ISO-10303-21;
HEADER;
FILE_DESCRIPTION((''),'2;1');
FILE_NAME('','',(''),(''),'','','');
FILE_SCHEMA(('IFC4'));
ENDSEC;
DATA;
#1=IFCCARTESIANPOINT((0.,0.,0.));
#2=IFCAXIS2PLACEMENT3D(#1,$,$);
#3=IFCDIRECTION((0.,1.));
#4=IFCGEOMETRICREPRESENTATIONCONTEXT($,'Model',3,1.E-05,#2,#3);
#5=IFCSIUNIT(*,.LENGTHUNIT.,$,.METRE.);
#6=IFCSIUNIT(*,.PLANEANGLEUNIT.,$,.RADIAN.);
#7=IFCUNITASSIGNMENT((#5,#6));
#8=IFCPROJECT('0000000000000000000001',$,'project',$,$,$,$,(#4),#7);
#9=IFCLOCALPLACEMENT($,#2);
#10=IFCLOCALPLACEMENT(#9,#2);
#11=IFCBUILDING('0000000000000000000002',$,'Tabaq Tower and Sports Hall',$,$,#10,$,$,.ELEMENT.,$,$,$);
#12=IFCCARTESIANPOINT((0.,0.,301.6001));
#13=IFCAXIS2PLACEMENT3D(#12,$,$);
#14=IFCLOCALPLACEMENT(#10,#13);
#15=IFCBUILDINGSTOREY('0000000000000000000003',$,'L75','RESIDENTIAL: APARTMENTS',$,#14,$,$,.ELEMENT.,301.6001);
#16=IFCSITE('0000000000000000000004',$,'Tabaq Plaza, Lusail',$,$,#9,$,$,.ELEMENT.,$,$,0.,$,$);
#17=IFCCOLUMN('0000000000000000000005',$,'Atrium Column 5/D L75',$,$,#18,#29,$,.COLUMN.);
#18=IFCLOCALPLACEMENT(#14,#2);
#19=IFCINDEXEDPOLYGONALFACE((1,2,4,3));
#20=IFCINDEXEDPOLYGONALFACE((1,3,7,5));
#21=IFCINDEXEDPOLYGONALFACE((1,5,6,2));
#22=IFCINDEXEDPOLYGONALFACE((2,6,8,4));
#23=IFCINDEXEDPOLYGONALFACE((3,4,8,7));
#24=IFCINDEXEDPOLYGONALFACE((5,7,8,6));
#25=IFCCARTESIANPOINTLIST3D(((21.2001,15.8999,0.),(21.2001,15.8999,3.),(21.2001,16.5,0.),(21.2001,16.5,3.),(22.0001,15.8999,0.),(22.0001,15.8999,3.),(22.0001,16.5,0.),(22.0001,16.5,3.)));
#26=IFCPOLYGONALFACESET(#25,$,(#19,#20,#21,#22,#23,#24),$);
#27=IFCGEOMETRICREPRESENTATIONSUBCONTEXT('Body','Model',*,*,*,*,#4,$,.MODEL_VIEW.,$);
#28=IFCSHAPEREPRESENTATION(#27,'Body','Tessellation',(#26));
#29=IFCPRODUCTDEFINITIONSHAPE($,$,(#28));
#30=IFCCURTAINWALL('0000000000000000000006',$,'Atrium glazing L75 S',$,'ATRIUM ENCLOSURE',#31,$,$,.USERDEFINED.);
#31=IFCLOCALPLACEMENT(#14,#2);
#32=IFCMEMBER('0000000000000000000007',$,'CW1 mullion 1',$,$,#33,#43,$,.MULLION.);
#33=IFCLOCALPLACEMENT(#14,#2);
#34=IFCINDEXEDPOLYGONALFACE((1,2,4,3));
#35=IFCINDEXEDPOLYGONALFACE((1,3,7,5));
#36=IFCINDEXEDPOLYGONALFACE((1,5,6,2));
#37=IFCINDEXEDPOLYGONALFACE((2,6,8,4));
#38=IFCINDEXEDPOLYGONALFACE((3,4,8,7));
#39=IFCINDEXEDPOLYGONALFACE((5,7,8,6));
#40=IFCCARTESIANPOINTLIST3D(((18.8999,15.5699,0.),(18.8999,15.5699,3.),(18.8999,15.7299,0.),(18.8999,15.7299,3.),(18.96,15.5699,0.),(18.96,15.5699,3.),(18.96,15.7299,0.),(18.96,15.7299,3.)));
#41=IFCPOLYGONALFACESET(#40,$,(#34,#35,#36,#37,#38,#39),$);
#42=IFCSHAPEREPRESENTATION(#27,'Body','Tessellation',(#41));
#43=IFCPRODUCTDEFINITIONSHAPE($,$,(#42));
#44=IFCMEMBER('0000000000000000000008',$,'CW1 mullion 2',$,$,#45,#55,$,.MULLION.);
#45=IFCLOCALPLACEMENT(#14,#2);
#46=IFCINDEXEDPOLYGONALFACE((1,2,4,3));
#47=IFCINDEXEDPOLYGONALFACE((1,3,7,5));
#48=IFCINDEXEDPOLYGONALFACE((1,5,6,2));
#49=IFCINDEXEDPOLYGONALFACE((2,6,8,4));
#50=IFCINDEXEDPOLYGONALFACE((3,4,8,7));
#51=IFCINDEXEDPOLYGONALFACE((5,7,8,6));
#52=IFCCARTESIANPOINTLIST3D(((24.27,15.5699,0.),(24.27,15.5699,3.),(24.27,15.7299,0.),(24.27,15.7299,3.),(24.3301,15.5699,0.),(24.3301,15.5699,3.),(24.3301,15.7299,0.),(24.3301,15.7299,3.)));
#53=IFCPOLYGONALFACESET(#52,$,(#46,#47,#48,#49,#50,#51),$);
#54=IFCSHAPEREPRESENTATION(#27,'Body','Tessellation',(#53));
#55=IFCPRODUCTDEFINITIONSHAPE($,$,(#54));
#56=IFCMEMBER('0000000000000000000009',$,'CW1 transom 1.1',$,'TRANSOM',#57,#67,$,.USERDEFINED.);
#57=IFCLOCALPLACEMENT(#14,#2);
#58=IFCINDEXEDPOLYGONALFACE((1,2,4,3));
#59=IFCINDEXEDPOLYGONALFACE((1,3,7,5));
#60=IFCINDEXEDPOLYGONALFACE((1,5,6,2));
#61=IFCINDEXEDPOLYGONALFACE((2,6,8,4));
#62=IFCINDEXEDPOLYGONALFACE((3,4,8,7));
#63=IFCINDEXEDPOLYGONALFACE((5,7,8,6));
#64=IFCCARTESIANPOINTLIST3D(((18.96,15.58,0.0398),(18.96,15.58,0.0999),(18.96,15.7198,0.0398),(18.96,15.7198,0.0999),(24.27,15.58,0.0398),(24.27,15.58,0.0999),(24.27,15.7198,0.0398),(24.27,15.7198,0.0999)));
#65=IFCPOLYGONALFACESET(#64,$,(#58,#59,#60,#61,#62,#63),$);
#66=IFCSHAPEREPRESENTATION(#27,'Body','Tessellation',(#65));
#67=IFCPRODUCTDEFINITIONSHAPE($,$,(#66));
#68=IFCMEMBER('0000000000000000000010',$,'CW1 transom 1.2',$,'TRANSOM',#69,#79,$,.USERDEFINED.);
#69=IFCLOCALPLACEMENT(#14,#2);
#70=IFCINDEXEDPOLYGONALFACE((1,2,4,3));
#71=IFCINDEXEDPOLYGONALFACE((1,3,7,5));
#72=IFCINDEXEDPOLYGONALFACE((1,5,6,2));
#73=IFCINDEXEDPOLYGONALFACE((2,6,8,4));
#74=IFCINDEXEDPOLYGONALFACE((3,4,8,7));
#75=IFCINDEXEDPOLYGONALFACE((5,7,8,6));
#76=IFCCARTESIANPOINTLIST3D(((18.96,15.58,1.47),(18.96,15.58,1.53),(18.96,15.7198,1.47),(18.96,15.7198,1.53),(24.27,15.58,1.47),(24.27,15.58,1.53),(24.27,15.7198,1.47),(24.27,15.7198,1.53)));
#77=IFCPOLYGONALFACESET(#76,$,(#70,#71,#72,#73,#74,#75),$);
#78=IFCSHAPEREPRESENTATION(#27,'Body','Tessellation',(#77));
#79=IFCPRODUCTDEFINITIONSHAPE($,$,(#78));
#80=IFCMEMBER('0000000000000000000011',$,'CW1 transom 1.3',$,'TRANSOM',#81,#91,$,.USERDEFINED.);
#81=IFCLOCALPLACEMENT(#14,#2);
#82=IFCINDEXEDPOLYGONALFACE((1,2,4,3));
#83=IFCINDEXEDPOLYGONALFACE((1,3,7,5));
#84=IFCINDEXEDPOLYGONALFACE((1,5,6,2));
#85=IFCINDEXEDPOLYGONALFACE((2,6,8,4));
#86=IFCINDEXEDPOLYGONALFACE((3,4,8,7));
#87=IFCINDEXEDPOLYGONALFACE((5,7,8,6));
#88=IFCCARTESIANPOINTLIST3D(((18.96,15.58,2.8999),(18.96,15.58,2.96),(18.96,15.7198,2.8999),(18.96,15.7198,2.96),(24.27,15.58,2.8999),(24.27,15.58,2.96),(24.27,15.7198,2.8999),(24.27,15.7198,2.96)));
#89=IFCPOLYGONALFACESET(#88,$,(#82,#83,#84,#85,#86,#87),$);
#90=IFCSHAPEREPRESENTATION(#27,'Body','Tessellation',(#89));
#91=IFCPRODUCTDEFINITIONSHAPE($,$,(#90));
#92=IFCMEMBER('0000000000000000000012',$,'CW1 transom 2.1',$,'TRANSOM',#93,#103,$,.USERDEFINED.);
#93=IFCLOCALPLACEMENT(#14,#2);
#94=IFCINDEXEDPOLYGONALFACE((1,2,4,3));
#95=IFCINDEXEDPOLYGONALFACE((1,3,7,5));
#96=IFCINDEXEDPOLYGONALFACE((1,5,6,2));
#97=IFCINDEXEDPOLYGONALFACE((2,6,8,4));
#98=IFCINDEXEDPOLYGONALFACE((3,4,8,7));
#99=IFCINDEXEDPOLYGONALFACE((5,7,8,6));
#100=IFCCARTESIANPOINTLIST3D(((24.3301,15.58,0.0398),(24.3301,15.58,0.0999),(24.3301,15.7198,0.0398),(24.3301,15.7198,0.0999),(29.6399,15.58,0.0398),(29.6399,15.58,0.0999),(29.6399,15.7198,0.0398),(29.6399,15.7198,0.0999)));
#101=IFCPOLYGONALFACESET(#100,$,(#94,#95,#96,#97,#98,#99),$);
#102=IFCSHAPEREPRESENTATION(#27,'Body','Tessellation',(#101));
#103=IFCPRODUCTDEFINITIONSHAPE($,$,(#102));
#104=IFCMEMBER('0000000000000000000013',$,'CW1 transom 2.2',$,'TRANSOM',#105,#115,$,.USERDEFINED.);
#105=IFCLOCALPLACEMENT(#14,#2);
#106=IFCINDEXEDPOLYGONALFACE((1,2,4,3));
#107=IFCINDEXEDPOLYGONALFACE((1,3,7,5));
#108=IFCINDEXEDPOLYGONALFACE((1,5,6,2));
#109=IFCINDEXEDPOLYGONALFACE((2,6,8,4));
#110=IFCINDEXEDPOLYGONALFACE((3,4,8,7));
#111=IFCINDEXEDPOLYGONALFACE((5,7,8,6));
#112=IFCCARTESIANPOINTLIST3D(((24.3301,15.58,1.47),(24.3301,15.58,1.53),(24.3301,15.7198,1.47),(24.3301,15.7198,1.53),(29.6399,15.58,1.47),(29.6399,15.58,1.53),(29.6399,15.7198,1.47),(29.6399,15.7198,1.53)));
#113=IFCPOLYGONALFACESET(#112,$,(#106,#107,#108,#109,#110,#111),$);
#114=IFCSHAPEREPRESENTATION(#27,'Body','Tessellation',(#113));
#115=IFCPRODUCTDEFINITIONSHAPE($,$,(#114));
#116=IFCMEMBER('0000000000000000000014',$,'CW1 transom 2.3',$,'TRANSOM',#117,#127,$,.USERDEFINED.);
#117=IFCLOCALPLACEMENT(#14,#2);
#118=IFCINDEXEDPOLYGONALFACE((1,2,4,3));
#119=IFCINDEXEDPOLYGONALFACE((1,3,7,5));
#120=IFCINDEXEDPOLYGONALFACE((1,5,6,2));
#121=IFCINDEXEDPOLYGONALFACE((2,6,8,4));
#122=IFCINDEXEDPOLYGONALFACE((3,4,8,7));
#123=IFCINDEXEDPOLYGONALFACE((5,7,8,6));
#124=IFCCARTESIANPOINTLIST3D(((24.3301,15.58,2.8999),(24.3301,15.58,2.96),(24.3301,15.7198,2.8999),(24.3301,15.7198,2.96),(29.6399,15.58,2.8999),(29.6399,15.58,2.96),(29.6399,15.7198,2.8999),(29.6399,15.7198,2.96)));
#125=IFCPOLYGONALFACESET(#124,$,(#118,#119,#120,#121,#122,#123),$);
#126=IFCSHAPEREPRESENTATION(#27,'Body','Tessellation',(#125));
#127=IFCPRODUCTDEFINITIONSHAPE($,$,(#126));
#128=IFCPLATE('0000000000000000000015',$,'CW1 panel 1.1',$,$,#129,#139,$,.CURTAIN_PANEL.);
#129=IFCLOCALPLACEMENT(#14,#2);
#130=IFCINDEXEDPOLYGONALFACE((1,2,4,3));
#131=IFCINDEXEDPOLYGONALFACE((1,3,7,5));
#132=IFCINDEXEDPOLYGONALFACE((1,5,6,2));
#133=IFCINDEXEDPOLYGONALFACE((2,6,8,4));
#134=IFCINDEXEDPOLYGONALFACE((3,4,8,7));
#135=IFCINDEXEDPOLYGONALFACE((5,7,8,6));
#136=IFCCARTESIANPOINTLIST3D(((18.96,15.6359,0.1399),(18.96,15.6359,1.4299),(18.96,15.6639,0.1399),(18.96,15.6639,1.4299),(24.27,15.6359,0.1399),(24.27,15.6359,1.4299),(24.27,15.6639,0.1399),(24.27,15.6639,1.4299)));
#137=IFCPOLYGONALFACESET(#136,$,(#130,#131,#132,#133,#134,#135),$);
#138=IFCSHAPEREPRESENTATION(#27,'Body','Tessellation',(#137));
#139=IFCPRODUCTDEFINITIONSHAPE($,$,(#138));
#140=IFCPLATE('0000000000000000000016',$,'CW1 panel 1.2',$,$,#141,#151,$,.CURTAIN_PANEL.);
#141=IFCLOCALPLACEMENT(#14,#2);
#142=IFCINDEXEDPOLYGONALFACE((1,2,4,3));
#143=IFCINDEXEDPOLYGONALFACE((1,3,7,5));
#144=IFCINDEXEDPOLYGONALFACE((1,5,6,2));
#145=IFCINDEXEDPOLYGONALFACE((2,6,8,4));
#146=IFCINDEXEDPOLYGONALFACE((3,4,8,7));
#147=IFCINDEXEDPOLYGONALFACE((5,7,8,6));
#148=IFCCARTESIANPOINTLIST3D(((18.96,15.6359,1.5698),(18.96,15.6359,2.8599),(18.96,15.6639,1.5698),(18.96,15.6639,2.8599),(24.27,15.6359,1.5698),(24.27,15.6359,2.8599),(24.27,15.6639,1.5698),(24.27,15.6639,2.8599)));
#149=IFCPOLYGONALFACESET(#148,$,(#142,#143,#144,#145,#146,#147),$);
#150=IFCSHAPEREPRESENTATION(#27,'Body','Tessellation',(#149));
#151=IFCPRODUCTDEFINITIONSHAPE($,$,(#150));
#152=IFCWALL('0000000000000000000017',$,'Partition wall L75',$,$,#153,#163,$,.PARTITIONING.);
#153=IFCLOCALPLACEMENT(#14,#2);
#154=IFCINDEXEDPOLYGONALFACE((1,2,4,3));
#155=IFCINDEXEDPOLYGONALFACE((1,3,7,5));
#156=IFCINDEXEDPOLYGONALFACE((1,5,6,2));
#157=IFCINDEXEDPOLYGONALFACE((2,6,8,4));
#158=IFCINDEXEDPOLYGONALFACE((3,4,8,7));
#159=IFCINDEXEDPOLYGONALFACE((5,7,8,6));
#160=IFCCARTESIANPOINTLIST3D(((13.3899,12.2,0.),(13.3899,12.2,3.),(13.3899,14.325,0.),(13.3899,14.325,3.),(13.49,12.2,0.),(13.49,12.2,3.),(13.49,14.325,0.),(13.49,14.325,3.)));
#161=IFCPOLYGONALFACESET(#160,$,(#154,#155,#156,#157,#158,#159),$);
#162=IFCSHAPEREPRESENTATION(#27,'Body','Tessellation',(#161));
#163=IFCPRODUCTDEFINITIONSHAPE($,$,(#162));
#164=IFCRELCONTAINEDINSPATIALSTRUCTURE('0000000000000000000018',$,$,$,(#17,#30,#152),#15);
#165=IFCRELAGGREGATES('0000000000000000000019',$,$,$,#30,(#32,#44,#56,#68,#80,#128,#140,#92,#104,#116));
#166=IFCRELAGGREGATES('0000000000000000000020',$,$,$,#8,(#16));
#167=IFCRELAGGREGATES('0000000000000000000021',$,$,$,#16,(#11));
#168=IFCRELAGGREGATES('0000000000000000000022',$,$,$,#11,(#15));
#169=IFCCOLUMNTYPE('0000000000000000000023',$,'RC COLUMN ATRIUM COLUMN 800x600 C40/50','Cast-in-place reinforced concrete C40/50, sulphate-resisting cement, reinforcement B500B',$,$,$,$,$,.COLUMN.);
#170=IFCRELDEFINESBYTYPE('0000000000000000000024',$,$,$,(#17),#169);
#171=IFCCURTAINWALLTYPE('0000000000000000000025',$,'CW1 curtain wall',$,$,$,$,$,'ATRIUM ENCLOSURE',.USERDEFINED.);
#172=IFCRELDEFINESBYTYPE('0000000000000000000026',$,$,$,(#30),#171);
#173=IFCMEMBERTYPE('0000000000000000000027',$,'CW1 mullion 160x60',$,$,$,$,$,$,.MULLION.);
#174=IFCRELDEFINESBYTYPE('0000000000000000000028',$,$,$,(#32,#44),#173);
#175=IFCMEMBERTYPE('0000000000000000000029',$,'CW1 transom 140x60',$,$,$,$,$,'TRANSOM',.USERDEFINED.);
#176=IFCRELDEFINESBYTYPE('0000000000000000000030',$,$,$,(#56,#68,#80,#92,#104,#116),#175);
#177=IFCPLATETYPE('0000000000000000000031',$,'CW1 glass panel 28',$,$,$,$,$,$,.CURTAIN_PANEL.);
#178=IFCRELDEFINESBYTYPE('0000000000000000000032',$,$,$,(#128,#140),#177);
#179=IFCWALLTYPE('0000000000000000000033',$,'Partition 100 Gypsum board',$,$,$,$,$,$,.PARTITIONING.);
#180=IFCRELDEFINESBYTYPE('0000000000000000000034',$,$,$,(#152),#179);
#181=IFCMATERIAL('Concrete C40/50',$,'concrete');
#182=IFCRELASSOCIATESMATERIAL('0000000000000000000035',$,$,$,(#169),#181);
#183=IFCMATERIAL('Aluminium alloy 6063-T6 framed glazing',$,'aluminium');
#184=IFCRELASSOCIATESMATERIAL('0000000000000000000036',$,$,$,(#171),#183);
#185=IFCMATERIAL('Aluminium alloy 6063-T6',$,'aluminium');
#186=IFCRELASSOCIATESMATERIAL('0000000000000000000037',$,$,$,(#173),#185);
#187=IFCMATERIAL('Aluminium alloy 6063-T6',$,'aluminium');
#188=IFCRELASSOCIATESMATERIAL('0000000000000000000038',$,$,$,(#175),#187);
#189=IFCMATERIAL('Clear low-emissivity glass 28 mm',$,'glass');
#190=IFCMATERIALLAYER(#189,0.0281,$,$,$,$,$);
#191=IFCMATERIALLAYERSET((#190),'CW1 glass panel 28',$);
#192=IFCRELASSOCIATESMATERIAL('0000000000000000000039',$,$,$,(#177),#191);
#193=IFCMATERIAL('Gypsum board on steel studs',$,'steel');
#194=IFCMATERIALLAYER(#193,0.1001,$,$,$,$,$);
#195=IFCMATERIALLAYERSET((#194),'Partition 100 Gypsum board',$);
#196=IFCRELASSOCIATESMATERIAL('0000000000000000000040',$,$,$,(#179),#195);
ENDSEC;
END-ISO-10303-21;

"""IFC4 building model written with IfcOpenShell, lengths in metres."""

from ifc_helpers import new_model, si_unit, direction, frame, frame_2d, origin, origin_2d, place, context, subcontext, project, spatial, rectangle, extrude, material, layer, layer_set, material_profile, profile_set, type_object, element, aggregate, save


model = new_model("IFC4")

# Units and contexts
model_context = context("Model", 3, precision=1e-05, world=origin(), true_north=direction((0.0, 1.0)))
body_context = subcontext(model_context, "Body", "Model", "MODEL_VIEW")
ifc_project = project(units=[si_unit("LENGTHUNIT", "METRE"), si_unit("PLANEANGLEUNIT", "RADIAN")], contexts=[model_context])

# Site, building, storey
site_placement = place(None, origin())
site = spatial("IfcSite", under=ifc_project, at=site_placement, Name="Tabaq Plaza, Lusail", CompositionType="ELEMENT", RefElevation=0.0)
building_placement = place(site_placement, origin())
building = spatial("IfcBuilding", under=site, at=building_placement, Name="Tabaq Tower and Sports Hall", CompositionType="ELEMENT")
storey_placement = place(building_placement, frame((0.0, 0.0, 301.6001)))
storey = spatial("IfcBuildingStorey", under=building, at=storey_placement, Name="L75", Description="RESIDENTIAL: APARTMENTS", CompositionType="ELEMENT", Elevation=301.6001)

# Column
ifc_material_1 = material(Name="Concrete C40/50", Category="concrete")
ifc_material_profile_1 = material_profile(ifc_material_1, rectangle(XDim=0.8, YDim=0.6001, at=origin_2d()), Name="ATRIUM COLUMN 800x600")
ifc_profile_set_1 = profile_set([ifc_material_profile_1], Name="Concrete C40/50")
column_type = type_object("IfcColumnType", Name="RC COLUMN ATRIUM COLUMN 800x600 C40/50", Description="Cast-in-place reinforced concrete C40/50, sulphate-resisting cement, reinforcement B500B", PredefinedType="COLUMN", material=ifc_profile_set_1)
column_placement = place(storey_placement, frame((21.6001, 16.2, 0.0), z_axis=(0.0, 0.0, 1.0), x_axis=(1.0, 0.0, 0.0)))
element("IfcColumn", 1, at=column_placement, inside=storey, type_object=column_type, Name="Atrium Column 5/D L75", PredefinedType="COLUMN", context=body_context, shape_type="SweptSolid", body=[
    extrude(rectangle(XDim=0.8, YDim=0.6001, at=origin_2d()), origin(), (0.0, 0.0, 1.0), 3.0),
])

# Curtain wall, members, plates
ifc_material_2 = material(Name="Aluminium alloy 6063-T6 framed glazing", Category="aluminium")
curtain_wall_type = type_object("IfcCurtainWallType", Name="CW1 curtain wall", ElementType="ATRIUM ENCLOSURE", PredefinedType="USERDEFINED", material=ifc_material_2)
curtain_wall_placement = place(storey_placement, origin())
curtain_wall = element("IfcCurtainWall", 2, at=curtain_wall_placement, inside=storey, type_object=curtain_wall_type, Name="Atrium glazing L75 S", ObjectType="ATRIUM ENCLOSURE", PredefinedType="USERDEFINED")
ifc_material_3 = material(Name="Aluminium alloy 6063-T6", Category="aluminium")
ifc_material_profile_2 = material_profile(ifc_material_3, rectangle(XDim=0.1599, YDim=0.0601, at=origin_2d()), Name="MULLION 160x60")
ifc_profile_set_2 = profile_set([ifc_material_profile_2], Name="Aluminium alloy 6063-T6")
member_type_1 = type_object("IfcMemberType", Name="CW1 mullion 160x60", PredefinedType="MULLION", material=ifc_profile_set_2)
member_1_placement = place(storey_placement, frame((18.9299, 15.6499, 0.0), z_axis=(0.0, 0.0, 1.0), x_axis=(0.0, 1.0, 0.0)))
member_1 = element("IfcMember", 3, at=member_1_placement, type_object=member_type_1, Name="CW1 mullion 1", PredefinedType="MULLION", context=body_context, shape_type="SweptSolid", body=[
    extrude(rectangle(XDim=0.1599, YDim=0.0601, at=origin_2d()), origin(), (0.0, 0.0, 1.0), 3.0),
])
member_2_placement = place(storey_placement, frame((24.3, 15.6499, 0.0), z_axis=(0.0, 0.0, 1.0), x_axis=(0.0, 1.0, 0.0)))
member_2 = element("IfcMember", 4, at=member_2_placement, type_object=member_type_1, Name="CW1 mullion 2", PredefinedType="MULLION", context=body_context, shape_type="SweptSolid", body=[
    extrude(rectangle(XDim=0.1599, YDim=0.0601, at=origin_2d()), origin(), (0.0, 0.0, 1.0), 3.0),
])
ifc_material_4 = material(Name="Aluminium alloy 6063-T6", Category="aluminium")
ifc_material_profile_3 = material_profile(ifc_material_4, rectangle(XDim=0.1399, YDim=0.0601, at=origin_2d()), Name="TRANSOM 140x60")
ifc_profile_set_3 = profile_set([ifc_material_profile_3], Name="Aluminium alloy 6063-T6")
member_type_2 = type_object("IfcMemberType", Name="CW1 transom 140x60", ElementType="TRANSOM", PredefinedType="USERDEFINED", material=ifc_profile_set_3)
member_3_placement = place(storey_placement, frame((18.96, 15.6499, 0.0698), z_axis=(1.0, 0.0, 0.0), x_axis=(0.0, 1.0, 0.0)))
member_3 = element("IfcMember", 5, at=member_3_placement, type_object=member_type_2, Name="CW1 transom 1.1", ObjectType="TRANSOM", PredefinedType="USERDEFINED", context=body_context, shape_type="SweptSolid", body=[
    extrude(rectangle(XDim=0.1399, YDim=0.0601, at=origin_2d()), origin(), (0.0, 0.0, 1.0), 5.3101),
])
member_4_placement = place(storey_placement, frame((18.96, 15.6499, 1.5), z_axis=(1.0, 0.0, 0.0), x_axis=(0.0, 1.0, 0.0)))
member_4 = element("IfcMember", 6, at=member_4_placement, type_object=member_type_2, Name="CW1 transom 1.2", ObjectType="TRANSOM", PredefinedType="USERDEFINED", context=body_context, shape_type="SweptSolid", body=[
    extrude(rectangle(XDim=0.1399, YDim=0.0601, at=origin_2d()), origin(), (0.0, 0.0, 1.0), 5.3101),
])
member_5_placement = place(storey_placement, frame((18.96, 15.6499, 2.9299), z_axis=(1.0, 0.0, 0.0), x_axis=(0.0, 1.0, 0.0)))
member_5 = element("IfcMember", 7, at=member_5_placement, type_object=member_type_2, Name="CW1 transom 1.3", ObjectType="TRANSOM", PredefinedType="USERDEFINED", context=body_context, shape_type="SweptSolid", body=[
    extrude(rectangle(XDim=0.1399, YDim=0.0601, at=origin_2d()), origin(), (0.0, 0.0, 1.0), 5.3101),
])
member_6_placement = place(storey_placement, frame((24.3301, 15.6499, 0.0698), z_axis=(1.0, 0.0, 0.0), x_axis=(0.0, 1.0, 0.0)))
member_6 = element("IfcMember", 8, at=member_6_placement, type_object=member_type_2, Name="CW1 transom 2.1", ObjectType="TRANSOM", PredefinedType="USERDEFINED", context=body_context, shape_type="SweptSolid", body=[
    extrude(rectangle(XDim=0.1399, YDim=0.0601, at=origin_2d()), origin(), (0.0, 0.0, 1.0), 5.3098),
])
member_7_placement = place(storey_placement, frame((24.3301, 15.6499, 1.5), z_axis=(1.0, 0.0, 0.0), x_axis=(0.0, 1.0, 0.0)))
member_7 = element("IfcMember", 9, at=member_7_placement, type_object=member_type_2, Name="CW1 transom 2.2", ObjectType="TRANSOM", PredefinedType="USERDEFINED", context=body_context, shape_type="SweptSolid", body=[
    extrude(rectangle(XDim=0.1399, YDim=0.0601, at=origin_2d()), origin(), (0.0, 0.0, 1.0), 5.3098),
])
member_8_placement = place(storey_placement, frame((24.3301, 15.6499, 2.9299), z_axis=(1.0, 0.0, 0.0), x_axis=(0.0, 1.0, 0.0)))
member_8 = element("IfcMember", 10, at=member_8_placement, type_object=member_type_2, Name="CW1 transom 2.3", ObjectType="TRANSOM", PredefinedType="USERDEFINED", context=body_context, shape_type="SweptSolid", body=[
    extrude(rectangle(XDim=0.1399, YDim=0.0601, at=origin_2d()), origin(), (0.0, 0.0, 1.0), 5.3098),
])
ifc_material_5 = material(Name="Clear low-emissivity glass 28 mm", Category="glass")
ifc_layer_1 = layer(ifc_material_5, 0.0281)
ifc_layer_set_1 = layer_set([ifc_layer_1], Name="CW1 glass panel 28")
plate_type = type_object("IfcPlateType", Name="CW1 glass panel 28", PredefinedType="CURTAIN_PANEL", material=ifc_layer_set_1)
plate_1_placement = place(storey_placement, frame((21.615, 15.6499, 0.1399), z_axis=(0.0, 0.0, 1.0), x_axis=(1.0, 0.0, 0.0)))
plate_1 = element("IfcPlate", 11, at=plate_1_placement, type_object=plate_type, Name="CW1 panel 1.1", PredefinedType="CURTAIN_PANEL", context=body_context, shape_type="SweptSolid", body=[
    extrude(rectangle(XDim=5.3101, YDim=0.0281, at=origin_2d()), origin(), (0.0, 0.0, 1.0), 1.29),
])
plate_2_placement = place(storey_placement, frame((21.615, 15.6499, 1.5698), z_axis=(0.0, 0.0, 1.0), x_axis=(1.0, 0.0, 0.0)))
plate_2 = element("IfcPlate", 12, at=plate_2_placement, type_object=plate_type, Name="CW1 panel 1.2", PredefinedType="CURTAIN_PANEL", context=body_context, shape_type="SweptSolid", body=[
    extrude(rectangle(XDim=5.3101, YDim=0.0281, at=origin_2d()), origin(), (0.0, 0.0, 1.0), 1.29),
])
aggregate(curtain_wall, [member_1, member_2, member_3, member_4, member_5, plate_1, plate_2, member_6, member_7, member_8])

# Wall
ifc_material_6 = material(Name="Gypsum board on steel studs", Category="steel")
ifc_layer_2 = layer(ifc_material_6, 0.1001)
ifc_layer_set_2 = layer_set([ifc_layer_2], Name="Partition 100 Gypsum board")
wall_type_1 = type_object("IfcWallType", Name="Partition 100 Gypsum board", PredefinedType="PARTITIONING", material=ifc_layer_set_2)
wall_1_placement = place(storey_placement, frame((13.4399, 12.2, 0.0), z_axis=(0.0, 0.0, 1.0), x_axis=(0.0, 1.0, 0.0)))
element("IfcWall", 13, at=wall_1_placement, inside=storey, type_object=wall_type_1, Name="Partition wall L75", PredefinedType="PARTITIONING", context=body_context, shape_type="SweptSolid", body=[
    extrude(rectangle(XDim=2.125, YDim=0.1001, at=frame_2d((1.0625, 0.0))), origin(), (0.0, 0.0, 1.0), 3.0),
])

save(model, "model.ifc")
